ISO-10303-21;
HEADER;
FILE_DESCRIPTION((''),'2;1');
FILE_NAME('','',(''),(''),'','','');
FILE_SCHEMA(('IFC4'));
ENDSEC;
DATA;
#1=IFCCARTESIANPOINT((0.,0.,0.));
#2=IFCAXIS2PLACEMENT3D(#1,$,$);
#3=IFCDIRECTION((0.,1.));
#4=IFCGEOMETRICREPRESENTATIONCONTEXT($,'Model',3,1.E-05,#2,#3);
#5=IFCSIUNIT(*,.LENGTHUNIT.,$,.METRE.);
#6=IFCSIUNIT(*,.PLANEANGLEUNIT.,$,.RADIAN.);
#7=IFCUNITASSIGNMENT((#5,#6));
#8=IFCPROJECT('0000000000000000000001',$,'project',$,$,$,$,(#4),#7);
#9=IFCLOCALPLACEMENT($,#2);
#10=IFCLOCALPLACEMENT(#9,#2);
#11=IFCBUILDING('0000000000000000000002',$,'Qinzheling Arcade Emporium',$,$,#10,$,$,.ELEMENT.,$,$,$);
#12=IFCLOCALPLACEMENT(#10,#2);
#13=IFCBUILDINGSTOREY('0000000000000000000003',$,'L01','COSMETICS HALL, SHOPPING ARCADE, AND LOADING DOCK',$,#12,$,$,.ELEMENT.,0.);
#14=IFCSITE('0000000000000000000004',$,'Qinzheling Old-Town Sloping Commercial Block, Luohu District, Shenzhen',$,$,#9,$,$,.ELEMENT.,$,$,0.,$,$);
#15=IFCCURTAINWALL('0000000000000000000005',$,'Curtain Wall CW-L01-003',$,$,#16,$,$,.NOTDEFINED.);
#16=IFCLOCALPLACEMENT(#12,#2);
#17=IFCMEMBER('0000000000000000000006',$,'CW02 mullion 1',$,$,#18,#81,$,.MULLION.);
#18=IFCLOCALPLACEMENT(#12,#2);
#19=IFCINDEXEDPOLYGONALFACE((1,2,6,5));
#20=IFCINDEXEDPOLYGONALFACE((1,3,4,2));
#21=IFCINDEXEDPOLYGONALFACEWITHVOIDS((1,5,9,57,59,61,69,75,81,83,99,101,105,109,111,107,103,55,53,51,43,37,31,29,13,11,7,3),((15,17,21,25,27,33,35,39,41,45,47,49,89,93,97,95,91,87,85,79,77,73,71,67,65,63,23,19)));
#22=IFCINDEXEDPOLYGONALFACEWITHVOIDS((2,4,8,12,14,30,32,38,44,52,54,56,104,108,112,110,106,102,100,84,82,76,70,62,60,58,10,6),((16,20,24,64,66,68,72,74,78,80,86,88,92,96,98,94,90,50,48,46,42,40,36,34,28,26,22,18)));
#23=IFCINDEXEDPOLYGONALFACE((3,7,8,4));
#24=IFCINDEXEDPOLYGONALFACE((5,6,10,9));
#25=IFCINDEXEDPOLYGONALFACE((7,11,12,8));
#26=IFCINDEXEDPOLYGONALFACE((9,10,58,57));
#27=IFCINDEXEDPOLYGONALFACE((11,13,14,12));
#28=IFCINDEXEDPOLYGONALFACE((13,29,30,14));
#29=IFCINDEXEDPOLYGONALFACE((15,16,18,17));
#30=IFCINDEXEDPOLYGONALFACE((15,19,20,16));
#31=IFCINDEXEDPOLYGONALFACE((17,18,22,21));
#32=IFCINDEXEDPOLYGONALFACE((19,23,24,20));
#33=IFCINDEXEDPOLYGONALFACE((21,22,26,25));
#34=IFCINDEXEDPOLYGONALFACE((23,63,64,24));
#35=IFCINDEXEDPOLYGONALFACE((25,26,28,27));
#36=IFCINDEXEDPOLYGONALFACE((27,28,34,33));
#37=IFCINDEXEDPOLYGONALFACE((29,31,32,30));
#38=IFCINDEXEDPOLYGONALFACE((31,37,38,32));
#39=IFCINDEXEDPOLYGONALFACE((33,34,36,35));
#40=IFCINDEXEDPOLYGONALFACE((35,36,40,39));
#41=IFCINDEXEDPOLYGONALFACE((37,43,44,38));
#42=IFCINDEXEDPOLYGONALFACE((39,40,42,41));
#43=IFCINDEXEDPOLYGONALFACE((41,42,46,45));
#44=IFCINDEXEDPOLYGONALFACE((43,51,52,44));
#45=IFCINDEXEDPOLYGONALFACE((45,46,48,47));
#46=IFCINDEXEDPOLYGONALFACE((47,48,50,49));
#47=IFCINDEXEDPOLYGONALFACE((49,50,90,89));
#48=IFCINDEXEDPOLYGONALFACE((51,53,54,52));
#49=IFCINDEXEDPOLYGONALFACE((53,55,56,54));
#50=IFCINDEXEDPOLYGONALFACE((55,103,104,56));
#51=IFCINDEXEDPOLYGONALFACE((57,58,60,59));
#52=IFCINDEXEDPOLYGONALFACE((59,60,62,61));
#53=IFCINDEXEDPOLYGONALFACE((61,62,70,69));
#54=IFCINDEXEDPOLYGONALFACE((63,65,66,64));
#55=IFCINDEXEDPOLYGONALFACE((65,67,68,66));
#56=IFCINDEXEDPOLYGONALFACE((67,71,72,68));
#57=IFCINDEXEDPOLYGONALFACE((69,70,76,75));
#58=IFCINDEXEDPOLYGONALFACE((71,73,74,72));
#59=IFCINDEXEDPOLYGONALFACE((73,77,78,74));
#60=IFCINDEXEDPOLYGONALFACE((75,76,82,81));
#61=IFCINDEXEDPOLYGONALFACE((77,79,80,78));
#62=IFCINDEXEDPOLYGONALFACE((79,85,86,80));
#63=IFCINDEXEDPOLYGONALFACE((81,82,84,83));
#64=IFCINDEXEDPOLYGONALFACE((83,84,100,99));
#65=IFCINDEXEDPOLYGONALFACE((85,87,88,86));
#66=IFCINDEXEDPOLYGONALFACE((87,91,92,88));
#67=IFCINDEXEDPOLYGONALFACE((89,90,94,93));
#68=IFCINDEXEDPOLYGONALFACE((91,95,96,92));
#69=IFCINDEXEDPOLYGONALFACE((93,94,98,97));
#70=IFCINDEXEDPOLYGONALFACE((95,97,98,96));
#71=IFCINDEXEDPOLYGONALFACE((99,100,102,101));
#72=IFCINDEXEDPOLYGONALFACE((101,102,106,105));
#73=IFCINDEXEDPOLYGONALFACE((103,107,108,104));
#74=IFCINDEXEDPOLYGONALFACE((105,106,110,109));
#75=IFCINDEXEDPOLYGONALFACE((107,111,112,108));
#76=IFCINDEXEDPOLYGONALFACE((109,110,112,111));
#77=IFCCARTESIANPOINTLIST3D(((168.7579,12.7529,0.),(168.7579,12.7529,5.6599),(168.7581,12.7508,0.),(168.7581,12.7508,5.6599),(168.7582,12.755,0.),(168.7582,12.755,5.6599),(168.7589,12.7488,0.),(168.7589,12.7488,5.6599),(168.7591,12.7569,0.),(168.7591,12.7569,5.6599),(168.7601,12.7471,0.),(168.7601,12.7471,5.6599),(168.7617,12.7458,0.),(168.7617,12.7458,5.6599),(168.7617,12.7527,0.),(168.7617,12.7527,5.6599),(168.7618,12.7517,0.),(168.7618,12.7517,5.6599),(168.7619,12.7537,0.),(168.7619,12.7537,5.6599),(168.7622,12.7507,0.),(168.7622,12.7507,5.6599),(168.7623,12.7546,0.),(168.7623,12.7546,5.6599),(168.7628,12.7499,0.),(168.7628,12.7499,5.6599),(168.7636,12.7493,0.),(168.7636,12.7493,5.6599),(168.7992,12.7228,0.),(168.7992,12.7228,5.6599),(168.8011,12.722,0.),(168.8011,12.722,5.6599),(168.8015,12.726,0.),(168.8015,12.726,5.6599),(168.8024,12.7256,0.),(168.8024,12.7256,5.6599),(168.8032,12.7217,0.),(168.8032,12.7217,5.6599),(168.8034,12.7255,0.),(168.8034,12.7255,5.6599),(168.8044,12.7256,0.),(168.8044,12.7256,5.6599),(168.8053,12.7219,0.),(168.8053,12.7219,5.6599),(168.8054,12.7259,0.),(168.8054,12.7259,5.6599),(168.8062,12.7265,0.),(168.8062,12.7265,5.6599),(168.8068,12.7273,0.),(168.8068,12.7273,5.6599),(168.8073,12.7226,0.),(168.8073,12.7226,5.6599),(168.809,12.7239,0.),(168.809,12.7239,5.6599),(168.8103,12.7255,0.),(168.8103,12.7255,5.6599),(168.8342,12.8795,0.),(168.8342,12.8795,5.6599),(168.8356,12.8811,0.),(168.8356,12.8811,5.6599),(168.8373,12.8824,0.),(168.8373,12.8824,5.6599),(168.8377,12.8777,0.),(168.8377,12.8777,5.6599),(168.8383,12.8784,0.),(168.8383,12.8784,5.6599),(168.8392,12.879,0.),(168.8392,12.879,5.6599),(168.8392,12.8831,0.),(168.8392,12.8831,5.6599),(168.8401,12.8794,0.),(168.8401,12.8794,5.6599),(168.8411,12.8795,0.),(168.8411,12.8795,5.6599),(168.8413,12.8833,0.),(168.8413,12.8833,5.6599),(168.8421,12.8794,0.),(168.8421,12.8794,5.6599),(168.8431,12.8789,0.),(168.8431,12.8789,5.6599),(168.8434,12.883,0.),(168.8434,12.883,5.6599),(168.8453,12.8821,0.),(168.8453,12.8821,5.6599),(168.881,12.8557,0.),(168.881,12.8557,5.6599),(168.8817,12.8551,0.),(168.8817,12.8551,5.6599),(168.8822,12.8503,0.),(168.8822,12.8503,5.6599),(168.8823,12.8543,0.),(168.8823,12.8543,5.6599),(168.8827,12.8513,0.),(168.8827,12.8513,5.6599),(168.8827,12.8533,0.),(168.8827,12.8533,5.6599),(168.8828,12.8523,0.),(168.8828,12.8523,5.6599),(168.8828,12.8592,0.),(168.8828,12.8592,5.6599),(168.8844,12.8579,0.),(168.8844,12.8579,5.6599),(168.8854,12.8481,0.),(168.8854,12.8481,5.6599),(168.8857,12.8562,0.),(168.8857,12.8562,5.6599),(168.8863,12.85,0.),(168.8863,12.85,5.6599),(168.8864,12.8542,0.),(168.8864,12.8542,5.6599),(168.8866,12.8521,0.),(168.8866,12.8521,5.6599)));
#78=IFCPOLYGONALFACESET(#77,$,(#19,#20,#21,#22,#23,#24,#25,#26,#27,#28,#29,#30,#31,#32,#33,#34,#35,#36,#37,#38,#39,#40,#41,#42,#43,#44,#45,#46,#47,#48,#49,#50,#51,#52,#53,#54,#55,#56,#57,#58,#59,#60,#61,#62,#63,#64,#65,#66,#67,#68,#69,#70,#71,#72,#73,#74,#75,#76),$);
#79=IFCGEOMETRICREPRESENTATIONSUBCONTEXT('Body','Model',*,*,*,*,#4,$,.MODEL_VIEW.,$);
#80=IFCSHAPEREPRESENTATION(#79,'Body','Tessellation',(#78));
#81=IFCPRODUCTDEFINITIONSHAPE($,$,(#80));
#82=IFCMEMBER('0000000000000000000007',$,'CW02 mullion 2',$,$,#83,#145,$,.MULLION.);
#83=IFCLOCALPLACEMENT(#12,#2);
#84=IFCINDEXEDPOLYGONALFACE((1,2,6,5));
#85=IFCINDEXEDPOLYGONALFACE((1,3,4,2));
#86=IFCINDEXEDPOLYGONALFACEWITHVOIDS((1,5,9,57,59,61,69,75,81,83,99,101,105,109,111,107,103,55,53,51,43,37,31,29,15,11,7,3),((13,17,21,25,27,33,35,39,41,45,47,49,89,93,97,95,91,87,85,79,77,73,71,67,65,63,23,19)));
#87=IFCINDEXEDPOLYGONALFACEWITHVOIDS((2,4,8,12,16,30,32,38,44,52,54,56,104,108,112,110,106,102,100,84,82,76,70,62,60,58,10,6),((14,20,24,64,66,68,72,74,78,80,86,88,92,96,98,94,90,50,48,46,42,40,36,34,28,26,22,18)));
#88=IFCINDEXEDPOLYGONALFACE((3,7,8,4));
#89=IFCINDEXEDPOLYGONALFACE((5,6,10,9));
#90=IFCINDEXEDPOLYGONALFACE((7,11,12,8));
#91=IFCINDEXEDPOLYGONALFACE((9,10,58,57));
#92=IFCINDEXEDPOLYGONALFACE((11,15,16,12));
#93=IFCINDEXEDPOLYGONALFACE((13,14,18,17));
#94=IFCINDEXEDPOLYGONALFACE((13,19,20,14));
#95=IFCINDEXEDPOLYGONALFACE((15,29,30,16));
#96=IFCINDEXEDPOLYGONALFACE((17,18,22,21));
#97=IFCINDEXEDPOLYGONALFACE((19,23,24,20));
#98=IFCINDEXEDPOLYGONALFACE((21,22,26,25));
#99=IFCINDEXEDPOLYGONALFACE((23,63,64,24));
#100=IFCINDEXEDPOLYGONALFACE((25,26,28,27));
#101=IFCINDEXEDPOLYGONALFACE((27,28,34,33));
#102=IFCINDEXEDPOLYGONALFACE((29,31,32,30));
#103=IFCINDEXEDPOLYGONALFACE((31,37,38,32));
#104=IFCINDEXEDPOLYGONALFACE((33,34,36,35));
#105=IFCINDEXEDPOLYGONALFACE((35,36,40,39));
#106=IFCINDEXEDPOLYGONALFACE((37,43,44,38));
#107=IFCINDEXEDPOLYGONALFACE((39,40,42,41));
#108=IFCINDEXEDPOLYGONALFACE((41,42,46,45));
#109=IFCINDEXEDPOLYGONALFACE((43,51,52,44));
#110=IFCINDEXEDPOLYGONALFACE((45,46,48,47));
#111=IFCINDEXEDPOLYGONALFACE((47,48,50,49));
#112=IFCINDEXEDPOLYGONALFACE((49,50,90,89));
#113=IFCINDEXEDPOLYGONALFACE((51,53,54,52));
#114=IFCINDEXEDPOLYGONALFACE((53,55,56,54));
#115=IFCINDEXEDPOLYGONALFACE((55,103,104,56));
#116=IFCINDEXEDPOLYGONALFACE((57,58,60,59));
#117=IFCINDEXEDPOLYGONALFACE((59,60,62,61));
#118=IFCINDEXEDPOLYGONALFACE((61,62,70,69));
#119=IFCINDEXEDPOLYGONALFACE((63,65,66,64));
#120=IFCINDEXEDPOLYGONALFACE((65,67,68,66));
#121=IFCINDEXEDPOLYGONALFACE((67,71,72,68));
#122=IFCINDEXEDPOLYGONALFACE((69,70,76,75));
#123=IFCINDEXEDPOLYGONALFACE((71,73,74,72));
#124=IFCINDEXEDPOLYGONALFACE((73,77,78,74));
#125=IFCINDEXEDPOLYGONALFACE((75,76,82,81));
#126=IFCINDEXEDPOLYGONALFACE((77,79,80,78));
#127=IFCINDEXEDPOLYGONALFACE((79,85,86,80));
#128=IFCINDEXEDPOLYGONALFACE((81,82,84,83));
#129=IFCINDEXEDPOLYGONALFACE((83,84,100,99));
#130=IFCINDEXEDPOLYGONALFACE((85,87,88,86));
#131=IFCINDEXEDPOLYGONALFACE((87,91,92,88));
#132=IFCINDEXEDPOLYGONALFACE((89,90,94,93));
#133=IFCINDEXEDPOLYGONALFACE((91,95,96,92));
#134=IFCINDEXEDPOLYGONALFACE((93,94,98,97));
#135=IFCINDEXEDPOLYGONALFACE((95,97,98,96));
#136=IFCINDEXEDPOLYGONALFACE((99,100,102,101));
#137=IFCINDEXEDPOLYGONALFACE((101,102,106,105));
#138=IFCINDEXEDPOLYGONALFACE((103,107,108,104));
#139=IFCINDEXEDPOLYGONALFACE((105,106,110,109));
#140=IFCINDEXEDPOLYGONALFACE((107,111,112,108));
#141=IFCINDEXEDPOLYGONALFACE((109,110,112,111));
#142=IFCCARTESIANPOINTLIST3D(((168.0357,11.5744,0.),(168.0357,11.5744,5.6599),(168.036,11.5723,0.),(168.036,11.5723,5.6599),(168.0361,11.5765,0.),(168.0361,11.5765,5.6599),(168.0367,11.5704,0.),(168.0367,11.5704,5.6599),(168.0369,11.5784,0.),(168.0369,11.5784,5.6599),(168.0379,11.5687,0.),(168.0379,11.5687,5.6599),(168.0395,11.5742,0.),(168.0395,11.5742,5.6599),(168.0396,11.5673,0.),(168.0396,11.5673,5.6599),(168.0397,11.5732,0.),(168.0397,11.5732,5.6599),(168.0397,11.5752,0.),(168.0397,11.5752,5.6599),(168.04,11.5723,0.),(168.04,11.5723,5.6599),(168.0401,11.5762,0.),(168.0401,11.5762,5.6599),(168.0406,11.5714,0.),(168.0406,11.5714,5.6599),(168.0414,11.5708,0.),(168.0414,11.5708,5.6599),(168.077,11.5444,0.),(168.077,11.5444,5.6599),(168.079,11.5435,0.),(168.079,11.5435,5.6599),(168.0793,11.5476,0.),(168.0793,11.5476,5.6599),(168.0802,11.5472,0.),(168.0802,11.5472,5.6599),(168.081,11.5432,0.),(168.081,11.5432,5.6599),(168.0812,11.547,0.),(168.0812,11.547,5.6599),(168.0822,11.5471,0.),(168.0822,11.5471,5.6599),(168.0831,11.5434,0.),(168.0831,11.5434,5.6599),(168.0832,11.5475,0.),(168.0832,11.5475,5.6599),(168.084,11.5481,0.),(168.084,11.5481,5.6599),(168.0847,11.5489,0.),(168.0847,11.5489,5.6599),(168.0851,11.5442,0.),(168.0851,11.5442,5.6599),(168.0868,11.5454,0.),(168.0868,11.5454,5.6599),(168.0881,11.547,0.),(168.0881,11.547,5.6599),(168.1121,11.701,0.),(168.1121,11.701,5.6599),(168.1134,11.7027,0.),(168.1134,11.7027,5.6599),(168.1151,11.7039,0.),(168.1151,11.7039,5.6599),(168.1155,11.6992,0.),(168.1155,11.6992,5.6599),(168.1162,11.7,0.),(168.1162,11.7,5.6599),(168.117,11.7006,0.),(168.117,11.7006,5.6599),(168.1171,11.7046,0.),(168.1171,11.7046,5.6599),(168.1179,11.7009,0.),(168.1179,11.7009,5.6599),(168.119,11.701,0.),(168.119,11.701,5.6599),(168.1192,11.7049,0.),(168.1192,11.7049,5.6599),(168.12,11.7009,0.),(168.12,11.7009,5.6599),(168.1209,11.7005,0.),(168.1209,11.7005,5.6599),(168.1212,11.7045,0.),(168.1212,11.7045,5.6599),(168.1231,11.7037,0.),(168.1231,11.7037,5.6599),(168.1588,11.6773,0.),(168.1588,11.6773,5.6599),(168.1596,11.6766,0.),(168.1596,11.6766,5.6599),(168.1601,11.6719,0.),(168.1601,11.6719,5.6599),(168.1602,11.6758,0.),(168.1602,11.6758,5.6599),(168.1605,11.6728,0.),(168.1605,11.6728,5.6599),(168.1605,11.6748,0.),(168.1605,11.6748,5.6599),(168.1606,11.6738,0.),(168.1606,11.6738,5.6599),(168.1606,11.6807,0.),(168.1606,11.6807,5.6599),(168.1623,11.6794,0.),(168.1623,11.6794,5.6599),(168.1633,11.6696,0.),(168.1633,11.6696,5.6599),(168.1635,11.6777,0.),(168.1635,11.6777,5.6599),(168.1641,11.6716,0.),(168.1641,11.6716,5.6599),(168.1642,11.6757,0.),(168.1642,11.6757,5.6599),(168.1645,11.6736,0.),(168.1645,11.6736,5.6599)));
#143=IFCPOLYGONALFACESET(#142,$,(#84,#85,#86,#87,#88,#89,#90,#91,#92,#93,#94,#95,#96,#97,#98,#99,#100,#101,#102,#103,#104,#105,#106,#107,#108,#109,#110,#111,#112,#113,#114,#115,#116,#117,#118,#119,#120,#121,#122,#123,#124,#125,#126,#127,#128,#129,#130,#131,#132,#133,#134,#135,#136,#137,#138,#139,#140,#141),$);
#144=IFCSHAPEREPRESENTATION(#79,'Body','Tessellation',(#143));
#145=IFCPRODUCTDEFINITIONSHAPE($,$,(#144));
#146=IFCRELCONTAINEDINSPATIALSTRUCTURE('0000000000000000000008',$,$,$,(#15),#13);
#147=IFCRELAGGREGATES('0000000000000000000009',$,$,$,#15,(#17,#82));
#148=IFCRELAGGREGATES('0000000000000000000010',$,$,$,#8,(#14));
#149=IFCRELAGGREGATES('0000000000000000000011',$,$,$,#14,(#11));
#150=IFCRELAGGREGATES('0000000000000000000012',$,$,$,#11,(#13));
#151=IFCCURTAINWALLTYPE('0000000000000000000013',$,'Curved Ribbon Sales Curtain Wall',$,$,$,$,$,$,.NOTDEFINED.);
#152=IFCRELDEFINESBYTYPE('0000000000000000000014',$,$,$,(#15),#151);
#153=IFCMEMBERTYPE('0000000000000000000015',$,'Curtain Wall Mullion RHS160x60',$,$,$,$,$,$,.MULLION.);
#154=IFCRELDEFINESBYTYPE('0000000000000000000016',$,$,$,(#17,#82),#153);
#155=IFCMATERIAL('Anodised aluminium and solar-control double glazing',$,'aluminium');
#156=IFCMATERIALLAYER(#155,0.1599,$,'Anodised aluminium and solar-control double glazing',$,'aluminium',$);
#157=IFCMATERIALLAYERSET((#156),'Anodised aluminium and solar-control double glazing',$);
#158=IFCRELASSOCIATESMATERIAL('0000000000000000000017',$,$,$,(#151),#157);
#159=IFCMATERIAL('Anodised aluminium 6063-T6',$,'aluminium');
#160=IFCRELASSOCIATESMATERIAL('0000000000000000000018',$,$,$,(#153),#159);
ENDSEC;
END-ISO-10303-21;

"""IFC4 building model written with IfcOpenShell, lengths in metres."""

from ifc_helpers import new_model, si_unit, direction, frame, origin, origin_2d, place, context, subcontext, project, spatial, hollow_rectangle, extrude, material, layer, layer_set, material_profile, profile_set, type_object, element, aggregate, save


model = new_model("IFC4")

# Units and contexts
model_context = context("Model", 3, precision=1e-05, world=origin(), true_north=direction((0.0, 1.0)))
body_context = subcontext(model_context, "Body", "Model", "MODEL_VIEW")
ifc_project = project(units=[si_unit("LENGTHUNIT", "METRE"), si_unit("PLANEANGLEUNIT", "RADIAN")], contexts=[model_context])

# Site, building, storey
site_placement = place(None, origin())
site = spatial("IfcSite", under=ifc_project, at=site_placement, Name="Qinzheling Old-Town Sloping Commercial Block, Luohu District, Shenzhen", CompositionType="ELEMENT", RefElevation=0.0)
building_placement = place(site_placement, origin())
building = spatial("IfcBuilding", under=site, at=building_placement, Name="Qinzheling Arcade Emporium", CompositionType="ELEMENT")
storey_placement = place(building_placement, origin())
storey = spatial("IfcBuildingStorey", under=building, at=storey_placement, Name="L01", Description="COSMETICS HALL, SHOPPING ARCADE, AND LOADING DOCK", CompositionType="ELEMENT", Elevation=0.0)

# Curtain wall, members
ifc_material_1 = material(Name="Anodised aluminium and solar-control double glazing", Category="aluminium")
ifc_layer_1 = layer(ifc_material_1, 0.1599, Name="Anodised aluminium and solar-control double glazing", Category="aluminium")
ifc_layer_set_1 = layer_set([ifc_layer_1], Name="Anodised aluminium and solar-control double glazing")
curtain_wall_type = type_object("IfcCurtainWallType", Name="Curved Ribbon Sales Curtain Wall", PredefinedType="NOTDEFINED", material=ifc_layer_set_1)
ifc_material_2 = material(Name="Anodised aluminium 6063-T6", Category="aluminium")
ifc_material_profile_1 = material_profile(ifc_material_2, hollow_rectangle(XDim=0.0601, YDim=0.1599, WallThickness=0.0039, InnerFilletRadius=0.0039, OuterFilletRadius=0.0081, at=origin_2d()), Name="RHS 160x60x4", Category="aluminium")
ifc_profile_set_1 = profile_set([ifc_material_profile_1], Name="Anodised aluminium 6063-T6")
member_type_1 = type_object("IfcMemberType", Name="Curtain Wall Mullion RHS160x60", PredefinedType="MULLION", material=ifc_profile_set_1)
curtain_wall_1_placement = place(storey_placement, origin())
curtain_wall_1 = element("IfcCurtainWall", 1, at=curtain_wall_1_placement, inside=storey, type_object=curtain_wall_type, Name="Curtain Wall CW-L01-003", PredefinedType="NOTDEFINED")
member_1_placement = place(storey_placement, frame((168.8223, 12.8025, 0.0), z_axis=(0.0, 0.0, 1.0), x_axis=(0.852581, -0.522595, 0.0)))
member_1 = element("IfcMember", 2, at=member_1_placement, type_object=member_type_1, Name="CW02 mullion 1", PredefinedType="MULLION", context=body_context, shape_type="SweptSolid", body=[
    extrude(hollow_rectangle(XDim=0.0601, YDim=0.1599, WallThickness=0.0039, InnerFilletRadius=0.0039, OuterFilletRadius=0.0081, at=origin_2d()), origin(), (0.0, 0.0, 1.0), 5.6599),
])
member_2_placement = place(storey_placement, frame((168.1001, 11.624, 0.0), z_axis=(0.0, 0.0, 1.0), x_axis=(0.852581, -0.522595, 0.0)))
member_2 = element("IfcMember", 3, at=member_2_placement, type_object=member_type_1, Name="CW02 mullion 2", PredefinedType="MULLION", context=body_context, shape_type="SweptSolid", body=[
    extrude(hollow_rectangle(XDim=0.0601, YDim=0.1599, WallThickness=0.0039, InnerFilletRadius=0.0039, OuterFilletRadius=0.0081, at=origin_2d()), origin(), (0.0, 0.0, 1.0), 5.6599),
])

aggregate(curtain_wall_1, [member_1, member_2])

save(model, "model.ifc")
